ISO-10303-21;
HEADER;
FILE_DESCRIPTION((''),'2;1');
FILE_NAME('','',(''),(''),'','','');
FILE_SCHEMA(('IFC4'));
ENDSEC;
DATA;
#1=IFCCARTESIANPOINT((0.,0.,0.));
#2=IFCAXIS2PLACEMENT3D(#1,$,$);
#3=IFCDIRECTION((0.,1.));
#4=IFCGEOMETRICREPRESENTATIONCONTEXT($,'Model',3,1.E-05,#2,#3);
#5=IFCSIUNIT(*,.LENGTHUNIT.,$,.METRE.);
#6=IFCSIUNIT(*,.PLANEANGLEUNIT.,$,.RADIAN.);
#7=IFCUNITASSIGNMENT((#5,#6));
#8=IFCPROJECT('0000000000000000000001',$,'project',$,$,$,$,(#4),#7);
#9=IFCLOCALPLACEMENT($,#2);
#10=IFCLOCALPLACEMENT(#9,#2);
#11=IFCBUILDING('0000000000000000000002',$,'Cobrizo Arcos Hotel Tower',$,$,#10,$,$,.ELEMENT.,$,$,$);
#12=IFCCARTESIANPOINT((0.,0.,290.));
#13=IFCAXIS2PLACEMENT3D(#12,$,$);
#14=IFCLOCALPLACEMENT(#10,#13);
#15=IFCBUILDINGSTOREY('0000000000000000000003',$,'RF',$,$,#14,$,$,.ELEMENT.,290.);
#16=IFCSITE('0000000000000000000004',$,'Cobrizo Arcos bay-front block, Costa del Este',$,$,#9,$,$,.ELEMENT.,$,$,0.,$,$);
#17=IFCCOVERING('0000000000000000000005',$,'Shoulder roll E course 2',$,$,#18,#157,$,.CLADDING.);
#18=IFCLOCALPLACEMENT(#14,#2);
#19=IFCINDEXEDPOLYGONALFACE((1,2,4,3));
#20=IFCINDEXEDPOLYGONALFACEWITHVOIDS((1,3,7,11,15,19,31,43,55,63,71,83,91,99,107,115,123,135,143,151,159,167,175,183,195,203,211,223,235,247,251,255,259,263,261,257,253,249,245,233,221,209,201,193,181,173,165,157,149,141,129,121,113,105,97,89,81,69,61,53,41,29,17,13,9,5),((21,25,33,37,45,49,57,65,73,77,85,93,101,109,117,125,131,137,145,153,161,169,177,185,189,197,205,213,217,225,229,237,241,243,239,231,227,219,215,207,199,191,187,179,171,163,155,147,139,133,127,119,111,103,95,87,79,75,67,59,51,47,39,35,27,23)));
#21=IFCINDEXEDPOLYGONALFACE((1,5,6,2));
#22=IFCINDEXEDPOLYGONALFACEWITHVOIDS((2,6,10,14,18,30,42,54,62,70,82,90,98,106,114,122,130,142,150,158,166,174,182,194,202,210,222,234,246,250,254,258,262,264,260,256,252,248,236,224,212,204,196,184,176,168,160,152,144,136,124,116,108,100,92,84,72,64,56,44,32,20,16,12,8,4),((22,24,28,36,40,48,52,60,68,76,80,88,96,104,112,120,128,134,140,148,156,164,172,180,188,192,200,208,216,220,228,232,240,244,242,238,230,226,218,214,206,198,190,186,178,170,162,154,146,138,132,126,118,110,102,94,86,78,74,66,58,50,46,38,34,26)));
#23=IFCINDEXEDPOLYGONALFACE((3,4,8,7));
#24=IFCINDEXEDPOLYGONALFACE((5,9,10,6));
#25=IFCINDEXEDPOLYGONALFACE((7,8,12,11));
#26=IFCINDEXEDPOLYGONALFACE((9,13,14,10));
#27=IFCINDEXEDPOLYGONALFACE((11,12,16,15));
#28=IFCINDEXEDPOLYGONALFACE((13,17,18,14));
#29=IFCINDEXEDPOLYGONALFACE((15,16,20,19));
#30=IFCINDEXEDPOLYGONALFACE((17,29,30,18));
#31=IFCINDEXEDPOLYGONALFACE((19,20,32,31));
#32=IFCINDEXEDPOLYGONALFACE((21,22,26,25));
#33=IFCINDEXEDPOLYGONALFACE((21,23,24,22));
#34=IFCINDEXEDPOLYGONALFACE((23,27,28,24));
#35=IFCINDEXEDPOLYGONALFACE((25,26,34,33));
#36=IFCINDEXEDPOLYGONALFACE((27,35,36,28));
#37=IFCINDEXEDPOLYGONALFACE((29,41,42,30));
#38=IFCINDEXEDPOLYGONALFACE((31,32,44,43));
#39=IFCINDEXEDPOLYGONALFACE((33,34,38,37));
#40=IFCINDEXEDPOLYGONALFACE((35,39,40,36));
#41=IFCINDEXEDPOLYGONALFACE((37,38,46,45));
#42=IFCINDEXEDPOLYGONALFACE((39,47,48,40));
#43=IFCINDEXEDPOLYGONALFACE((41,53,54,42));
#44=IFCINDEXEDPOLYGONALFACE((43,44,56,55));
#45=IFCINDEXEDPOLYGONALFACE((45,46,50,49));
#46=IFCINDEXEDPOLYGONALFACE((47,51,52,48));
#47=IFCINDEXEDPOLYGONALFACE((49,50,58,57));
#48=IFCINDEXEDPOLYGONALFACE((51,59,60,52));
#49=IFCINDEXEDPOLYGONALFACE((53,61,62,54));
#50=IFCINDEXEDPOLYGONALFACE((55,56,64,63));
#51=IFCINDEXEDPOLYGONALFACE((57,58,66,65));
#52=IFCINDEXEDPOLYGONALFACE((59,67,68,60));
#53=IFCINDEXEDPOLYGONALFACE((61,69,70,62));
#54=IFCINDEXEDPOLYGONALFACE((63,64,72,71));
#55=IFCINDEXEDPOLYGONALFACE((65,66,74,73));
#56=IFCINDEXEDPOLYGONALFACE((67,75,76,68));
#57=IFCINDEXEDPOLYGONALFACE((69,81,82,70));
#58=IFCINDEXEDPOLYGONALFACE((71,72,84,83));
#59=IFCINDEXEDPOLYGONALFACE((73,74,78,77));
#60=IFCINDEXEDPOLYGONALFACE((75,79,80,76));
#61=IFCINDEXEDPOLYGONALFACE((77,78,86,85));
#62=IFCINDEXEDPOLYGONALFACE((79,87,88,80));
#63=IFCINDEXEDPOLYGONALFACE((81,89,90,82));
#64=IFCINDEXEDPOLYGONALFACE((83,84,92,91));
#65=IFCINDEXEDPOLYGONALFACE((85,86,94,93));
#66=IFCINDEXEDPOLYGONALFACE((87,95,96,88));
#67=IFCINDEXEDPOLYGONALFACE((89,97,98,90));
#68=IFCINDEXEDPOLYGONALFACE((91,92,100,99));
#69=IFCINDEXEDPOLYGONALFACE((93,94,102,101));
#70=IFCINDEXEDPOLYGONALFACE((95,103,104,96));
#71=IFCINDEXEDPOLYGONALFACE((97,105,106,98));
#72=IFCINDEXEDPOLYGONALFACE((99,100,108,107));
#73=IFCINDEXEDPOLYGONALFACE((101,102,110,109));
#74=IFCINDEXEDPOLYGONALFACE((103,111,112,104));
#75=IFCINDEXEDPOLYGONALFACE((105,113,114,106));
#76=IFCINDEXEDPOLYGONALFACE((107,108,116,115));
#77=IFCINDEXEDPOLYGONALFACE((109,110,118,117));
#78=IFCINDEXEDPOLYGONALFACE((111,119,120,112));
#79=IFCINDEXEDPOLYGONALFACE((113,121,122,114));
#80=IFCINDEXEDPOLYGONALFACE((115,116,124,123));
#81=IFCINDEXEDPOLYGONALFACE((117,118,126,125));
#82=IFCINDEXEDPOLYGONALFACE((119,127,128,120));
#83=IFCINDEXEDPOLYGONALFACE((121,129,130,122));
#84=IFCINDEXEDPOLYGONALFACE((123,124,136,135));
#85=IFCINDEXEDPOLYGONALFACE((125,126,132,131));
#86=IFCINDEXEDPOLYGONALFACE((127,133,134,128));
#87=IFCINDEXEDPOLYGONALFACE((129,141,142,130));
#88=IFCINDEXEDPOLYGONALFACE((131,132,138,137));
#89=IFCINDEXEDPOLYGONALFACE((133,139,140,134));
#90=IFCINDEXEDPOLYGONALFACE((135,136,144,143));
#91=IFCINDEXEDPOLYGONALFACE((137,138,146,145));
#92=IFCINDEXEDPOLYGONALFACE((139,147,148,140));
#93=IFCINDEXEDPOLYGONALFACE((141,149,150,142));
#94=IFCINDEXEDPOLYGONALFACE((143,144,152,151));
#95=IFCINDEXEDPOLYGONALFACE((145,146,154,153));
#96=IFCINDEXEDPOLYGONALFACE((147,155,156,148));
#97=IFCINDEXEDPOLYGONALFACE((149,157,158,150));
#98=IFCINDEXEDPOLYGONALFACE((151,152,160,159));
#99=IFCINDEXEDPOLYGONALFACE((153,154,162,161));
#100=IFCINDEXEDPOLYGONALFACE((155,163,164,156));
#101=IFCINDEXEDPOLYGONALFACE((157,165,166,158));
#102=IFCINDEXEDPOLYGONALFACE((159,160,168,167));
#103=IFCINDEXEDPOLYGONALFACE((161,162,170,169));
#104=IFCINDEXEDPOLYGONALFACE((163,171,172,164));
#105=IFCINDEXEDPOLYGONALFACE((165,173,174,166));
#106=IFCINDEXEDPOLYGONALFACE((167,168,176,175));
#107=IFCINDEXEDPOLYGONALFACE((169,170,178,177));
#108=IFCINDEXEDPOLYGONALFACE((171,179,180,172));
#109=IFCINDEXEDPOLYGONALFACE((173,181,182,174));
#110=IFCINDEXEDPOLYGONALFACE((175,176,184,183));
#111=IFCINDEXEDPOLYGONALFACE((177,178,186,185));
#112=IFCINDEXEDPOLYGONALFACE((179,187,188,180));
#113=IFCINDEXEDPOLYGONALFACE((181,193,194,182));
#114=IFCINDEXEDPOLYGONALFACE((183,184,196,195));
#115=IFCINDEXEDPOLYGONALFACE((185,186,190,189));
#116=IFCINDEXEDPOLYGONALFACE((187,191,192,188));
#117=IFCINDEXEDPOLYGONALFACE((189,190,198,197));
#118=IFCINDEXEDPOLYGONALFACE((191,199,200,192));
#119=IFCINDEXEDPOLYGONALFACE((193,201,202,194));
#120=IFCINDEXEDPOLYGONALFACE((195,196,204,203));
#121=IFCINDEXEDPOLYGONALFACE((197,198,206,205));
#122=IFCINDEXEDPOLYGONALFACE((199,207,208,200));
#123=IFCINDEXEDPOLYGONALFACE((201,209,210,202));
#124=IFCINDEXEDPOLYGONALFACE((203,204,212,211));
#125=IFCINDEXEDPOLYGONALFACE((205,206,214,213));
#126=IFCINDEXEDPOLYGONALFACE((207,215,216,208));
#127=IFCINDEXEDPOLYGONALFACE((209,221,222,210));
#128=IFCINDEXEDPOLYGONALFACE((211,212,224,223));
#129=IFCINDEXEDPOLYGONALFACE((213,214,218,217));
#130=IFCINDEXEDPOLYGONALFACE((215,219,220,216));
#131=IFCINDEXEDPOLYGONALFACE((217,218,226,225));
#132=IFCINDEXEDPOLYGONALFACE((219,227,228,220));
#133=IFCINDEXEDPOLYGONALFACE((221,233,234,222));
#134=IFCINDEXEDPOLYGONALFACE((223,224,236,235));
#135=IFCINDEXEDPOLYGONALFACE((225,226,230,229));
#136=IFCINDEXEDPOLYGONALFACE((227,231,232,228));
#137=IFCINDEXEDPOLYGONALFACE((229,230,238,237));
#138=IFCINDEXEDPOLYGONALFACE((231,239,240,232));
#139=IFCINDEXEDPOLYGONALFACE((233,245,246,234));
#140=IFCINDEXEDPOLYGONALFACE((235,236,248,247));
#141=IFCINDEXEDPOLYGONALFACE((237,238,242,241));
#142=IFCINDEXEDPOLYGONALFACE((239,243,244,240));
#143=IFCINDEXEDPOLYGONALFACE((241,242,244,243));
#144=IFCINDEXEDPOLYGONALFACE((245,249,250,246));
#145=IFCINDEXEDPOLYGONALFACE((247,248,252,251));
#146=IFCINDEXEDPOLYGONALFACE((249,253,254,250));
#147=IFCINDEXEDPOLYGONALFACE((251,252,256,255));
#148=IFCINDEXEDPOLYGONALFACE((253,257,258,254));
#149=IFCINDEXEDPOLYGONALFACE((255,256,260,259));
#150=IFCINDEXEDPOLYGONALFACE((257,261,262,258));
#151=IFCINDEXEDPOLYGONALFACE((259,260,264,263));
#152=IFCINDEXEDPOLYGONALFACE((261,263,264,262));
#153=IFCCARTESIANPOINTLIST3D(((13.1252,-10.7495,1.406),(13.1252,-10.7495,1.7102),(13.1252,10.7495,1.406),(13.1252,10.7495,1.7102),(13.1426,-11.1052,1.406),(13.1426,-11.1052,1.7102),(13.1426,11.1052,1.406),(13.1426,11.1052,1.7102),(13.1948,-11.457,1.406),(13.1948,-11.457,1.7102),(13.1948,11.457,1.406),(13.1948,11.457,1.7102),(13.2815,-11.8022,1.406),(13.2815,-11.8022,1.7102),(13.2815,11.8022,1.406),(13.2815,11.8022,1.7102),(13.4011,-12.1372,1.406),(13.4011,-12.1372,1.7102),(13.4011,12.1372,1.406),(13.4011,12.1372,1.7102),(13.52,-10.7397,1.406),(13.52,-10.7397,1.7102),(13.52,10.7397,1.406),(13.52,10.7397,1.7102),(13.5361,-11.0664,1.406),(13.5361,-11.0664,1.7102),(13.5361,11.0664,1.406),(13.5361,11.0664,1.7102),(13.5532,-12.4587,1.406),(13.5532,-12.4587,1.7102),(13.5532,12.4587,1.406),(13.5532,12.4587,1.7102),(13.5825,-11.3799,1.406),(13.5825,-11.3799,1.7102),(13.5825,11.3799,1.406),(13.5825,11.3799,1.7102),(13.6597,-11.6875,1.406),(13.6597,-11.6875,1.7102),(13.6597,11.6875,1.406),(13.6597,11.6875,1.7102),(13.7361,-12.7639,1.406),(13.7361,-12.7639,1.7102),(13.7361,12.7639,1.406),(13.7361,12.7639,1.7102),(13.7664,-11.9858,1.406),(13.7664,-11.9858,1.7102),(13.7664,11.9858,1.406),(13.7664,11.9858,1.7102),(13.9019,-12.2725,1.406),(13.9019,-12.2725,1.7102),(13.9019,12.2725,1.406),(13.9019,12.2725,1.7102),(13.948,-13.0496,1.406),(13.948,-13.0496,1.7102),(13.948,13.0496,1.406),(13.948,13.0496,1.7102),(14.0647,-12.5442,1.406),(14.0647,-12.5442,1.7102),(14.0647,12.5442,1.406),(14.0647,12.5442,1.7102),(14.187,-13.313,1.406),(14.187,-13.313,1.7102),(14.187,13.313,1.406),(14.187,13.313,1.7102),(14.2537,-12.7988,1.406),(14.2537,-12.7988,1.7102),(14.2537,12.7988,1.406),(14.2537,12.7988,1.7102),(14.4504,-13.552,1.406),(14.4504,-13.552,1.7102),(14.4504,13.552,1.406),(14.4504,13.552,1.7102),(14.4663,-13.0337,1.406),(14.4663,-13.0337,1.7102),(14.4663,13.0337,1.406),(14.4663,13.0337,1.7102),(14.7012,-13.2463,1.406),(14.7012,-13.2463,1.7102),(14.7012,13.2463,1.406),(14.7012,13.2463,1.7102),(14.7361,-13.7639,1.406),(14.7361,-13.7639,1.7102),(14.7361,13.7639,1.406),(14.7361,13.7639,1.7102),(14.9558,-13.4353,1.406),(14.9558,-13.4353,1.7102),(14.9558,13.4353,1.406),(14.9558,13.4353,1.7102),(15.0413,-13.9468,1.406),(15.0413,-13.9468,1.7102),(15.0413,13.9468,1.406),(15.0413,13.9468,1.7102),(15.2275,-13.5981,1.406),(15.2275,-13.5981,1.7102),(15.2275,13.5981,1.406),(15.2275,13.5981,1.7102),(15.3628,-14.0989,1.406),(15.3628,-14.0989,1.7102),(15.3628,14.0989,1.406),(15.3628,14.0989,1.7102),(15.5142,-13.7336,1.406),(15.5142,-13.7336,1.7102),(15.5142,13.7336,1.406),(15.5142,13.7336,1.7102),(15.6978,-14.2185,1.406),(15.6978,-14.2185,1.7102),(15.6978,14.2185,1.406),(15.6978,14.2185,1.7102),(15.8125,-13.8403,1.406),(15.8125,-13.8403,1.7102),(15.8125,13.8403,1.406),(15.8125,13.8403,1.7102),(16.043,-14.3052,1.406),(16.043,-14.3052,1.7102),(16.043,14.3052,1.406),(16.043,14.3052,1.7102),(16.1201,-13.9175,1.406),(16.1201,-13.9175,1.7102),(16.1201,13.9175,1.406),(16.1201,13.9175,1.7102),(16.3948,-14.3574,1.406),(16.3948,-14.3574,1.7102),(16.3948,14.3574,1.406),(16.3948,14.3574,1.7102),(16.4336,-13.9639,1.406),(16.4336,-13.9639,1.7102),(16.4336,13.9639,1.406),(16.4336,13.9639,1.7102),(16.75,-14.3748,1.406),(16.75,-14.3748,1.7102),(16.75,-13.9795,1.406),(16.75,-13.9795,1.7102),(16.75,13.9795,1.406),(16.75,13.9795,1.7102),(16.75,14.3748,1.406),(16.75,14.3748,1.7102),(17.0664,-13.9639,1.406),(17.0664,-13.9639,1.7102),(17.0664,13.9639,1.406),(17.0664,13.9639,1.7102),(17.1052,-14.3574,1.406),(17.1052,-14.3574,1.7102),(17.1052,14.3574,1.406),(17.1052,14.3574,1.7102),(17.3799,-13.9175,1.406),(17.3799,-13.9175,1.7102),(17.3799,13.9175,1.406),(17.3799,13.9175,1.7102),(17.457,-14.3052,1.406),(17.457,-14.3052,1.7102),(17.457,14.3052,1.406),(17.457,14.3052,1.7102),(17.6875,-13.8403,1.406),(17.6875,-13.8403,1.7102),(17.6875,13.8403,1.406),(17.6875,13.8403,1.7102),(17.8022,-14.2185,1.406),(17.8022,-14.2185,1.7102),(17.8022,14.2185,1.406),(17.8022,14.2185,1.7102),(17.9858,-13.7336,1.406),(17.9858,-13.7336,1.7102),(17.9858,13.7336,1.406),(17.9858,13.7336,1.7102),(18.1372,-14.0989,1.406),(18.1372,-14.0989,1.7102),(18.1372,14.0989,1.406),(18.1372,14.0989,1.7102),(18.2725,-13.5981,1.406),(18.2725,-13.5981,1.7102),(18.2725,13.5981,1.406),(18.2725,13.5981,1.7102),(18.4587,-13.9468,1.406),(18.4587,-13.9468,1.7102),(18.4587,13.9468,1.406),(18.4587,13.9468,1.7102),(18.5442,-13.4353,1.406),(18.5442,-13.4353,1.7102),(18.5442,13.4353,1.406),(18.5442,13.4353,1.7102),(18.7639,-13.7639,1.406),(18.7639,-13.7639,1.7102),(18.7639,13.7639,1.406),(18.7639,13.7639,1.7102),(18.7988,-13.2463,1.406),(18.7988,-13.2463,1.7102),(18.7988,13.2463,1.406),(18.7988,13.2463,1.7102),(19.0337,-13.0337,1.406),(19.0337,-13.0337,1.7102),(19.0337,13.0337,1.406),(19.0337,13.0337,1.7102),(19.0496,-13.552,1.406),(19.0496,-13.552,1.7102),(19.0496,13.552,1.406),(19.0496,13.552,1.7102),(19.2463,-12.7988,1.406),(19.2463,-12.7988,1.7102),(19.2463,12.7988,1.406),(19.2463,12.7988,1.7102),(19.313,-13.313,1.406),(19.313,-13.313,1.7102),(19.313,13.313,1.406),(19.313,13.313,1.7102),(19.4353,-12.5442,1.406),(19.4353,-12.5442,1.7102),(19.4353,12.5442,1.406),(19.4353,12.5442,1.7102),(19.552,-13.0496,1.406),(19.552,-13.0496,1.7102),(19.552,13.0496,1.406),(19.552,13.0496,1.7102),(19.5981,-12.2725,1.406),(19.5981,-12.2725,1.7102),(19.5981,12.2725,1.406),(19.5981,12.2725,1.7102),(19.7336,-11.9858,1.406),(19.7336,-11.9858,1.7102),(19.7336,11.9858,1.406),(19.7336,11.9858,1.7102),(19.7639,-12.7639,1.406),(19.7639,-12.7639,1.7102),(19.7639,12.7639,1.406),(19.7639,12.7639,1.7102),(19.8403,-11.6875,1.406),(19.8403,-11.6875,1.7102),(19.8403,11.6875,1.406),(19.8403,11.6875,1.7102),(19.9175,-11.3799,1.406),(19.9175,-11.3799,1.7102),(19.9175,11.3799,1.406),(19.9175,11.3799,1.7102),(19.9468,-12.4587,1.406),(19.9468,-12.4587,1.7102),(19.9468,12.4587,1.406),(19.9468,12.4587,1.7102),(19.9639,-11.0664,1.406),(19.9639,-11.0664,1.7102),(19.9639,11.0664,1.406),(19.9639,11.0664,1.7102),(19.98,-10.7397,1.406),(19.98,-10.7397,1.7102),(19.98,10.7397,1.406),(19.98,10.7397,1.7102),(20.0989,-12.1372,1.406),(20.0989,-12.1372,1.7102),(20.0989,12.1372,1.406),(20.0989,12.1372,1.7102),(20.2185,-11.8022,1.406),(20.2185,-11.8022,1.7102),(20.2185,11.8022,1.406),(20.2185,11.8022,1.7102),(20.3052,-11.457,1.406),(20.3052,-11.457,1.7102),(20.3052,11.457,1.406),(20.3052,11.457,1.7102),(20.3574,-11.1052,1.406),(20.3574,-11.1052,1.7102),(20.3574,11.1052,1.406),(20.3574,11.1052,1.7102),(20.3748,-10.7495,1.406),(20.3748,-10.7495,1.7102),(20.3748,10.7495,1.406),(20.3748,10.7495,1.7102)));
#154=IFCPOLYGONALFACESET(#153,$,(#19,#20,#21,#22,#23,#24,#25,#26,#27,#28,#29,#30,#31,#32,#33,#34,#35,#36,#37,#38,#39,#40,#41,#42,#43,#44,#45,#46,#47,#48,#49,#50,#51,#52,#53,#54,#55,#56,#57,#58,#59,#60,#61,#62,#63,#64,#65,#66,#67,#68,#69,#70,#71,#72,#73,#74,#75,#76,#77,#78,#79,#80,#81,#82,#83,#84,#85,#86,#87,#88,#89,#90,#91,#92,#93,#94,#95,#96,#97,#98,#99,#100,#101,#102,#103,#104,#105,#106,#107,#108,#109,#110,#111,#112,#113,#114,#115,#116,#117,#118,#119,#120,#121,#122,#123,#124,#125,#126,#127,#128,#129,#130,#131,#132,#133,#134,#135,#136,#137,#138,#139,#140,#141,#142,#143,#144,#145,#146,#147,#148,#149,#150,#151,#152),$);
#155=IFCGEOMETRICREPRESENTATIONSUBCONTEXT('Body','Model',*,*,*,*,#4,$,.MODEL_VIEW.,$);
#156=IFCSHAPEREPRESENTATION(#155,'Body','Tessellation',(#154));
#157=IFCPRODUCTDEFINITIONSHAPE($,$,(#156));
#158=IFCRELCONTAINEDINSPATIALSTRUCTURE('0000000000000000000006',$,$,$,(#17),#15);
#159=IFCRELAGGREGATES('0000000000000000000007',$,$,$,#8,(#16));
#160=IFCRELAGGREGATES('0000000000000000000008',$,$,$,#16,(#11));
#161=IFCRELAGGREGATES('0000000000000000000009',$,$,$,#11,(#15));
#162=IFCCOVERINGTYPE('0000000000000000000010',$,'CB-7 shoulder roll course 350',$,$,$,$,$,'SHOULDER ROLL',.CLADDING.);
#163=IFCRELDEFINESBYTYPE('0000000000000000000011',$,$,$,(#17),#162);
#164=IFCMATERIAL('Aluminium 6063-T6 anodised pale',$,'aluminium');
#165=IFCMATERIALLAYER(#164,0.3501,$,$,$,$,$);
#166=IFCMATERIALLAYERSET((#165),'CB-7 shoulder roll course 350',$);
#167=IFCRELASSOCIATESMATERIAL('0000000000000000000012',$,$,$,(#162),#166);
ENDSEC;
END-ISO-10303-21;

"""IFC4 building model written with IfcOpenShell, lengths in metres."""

from ifc_helpers import new_model, si_unit, direction, frame, origin, place, context, subcontext, project, spatial, polyline, outline, extrude, material, layer, layer_set, type_object, element, save


model = new_model("IFC4")

# Units and contexts
model_context = context("Model", 3, precision=1e-05, world=origin(), true_north=direction((0.0, 1.0)))
body_context = subcontext(model_context, "Body", "Model", "MODEL_VIEW")
ifc_project = project(units=[si_unit("LENGTHUNIT", "METRE"), si_unit("PLANEANGLEUNIT", "RADIAN")], contexts=[model_context])

# Site, building, storey
site_placement = place(None, origin())
site = spatial("IfcSite", under=ifc_project, at=site_placement, Name="Cobrizo Arcos bay-front block, Costa del Este", CompositionType="ELEMENT", RefElevation=0.0)
building_placement = place(site_placement, origin())
building = spatial("IfcBuilding", under=site, at=building_placement, Name="Cobrizo Arcos Hotel Tower", CompositionType="ELEMENT")
storey_placement = place(building_placement, frame((0.0, 0.0, 290.0)))
storey = spatial("IfcBuildingStorey", under=building, at=storey_placement, Name="RF", CompositionType="ELEMENT", Elevation=290.0)

# Covering
ifc_material_1 = material(Name="Aluminium 6063-T6 anodised pale", Category="aluminium")
ifc_layer_1 = layer(ifc_material_1, 0.3501)
ifc_layer_set_1 = layer_set([ifc_layer_1], Name="CB-7 shoulder roll course 350")
covering_type_1 = type_object("IfcCoveringType", Name="CB-7 shoulder roll course 350", ElementType="SHOULDER ROLL", PredefinedType="CLADDING", material=ifc_layer_set_1)
covering_1_placement = place(storey_placement, frame((0.0, 0.0, 1.406)))
element("IfcCovering", 1, at=covering_1_placement, inside=storey, type_object=covering_type_1, Name="Shoulder roll E course 2", PredefinedType="CLADDING", context=body_context, shape_type="SweptSolid", body=[
    extrude(outline(polyline([(13.1252, 10.7495), (13.1426, 11.1052), (13.1948, 11.457), (13.2815, 11.8022), (13.4011, 12.1372), (13.5532, 12.4587), (13.7361, 12.7639), (13.948, 13.0496), (14.187, 13.313), (14.4504, 13.552), (14.7361, 13.7639), (15.0413, 13.9468), (15.3628, 14.0989), (15.6978, 14.2185), (16.043, 14.3052), (16.3948, 14.3574), (16.75, 14.3748), (17.1052, 14.3574), (17.457, 14.3052), (17.8022, 14.2185), (18.1372, 14.0989), (18.4587, 13.9468), (18.7639, 13.7639), (19.0496, 13.552), (19.313, 13.313), (19.552, 13.0496), (19.7639, 12.7639), (19.9468, 12.4587), (20.0989, 12.1372), (20.2185, 11.8022), (20.3052, 11.457), (20.3574, 11.1052), (20.3748, 10.7495), (20.3748, -10.7495), (20.3574, -11.1052), (20.3052, -11.457), (20.2185, -11.8022), (20.0989, -12.1372), (19.9468, -12.4587), (19.7639, -12.7639), (19.552, -13.0496), (19.313, -13.313), (19.0496, -13.552), (18.7639, -13.7639), (18.4587, -13.9468), (18.1372, -14.0989), (17.8022, -14.2185), (17.457, -14.3052), (17.1052, -14.3574), (16.75, -14.3748), (16.3948, -14.3574), (16.043, -14.3052), (15.6978, -14.2185), (15.3628, -14.0989), (15.0413, -13.9468), (14.7361, -13.7639), (14.4504, -13.552), (14.187, -13.313), (13.948, -13.0496), (13.7361, -12.7639), (13.5532, -12.4587), (13.4011, -12.1372), (13.2815, -11.8022), (13.1948, -11.457), (13.1426, -11.1052), (13.1252, -10.7495), (13.1252, 10.7495)]), holes=[polyline([(13.52, 10.7397), (13.5361, 11.0664), (13.5825, 11.3799), (13.6597, 11.6875), (13.7664, 11.9858), (13.9019, 12.2725), (14.0647, 12.5442), (14.2537, 12.7988), (14.4663, 13.0337), (14.7012, 13.2463), (14.9558, 13.4353), (15.2275, 13.5981), (15.5142, 13.7336), (15.8125, 13.8403), (16.1201, 13.9175), (16.4336, 13.9639), (16.75, 13.9795), (17.0664, 13.9639), (17.3799, 13.9175), (17.6875, 13.8403), (17.9858, 13.7336), (18.2725, 13.5981), (18.5442, 13.4353), (18.7988, 13.2463), (19.0337, 13.0337), (19.2463, 12.7988), (19.4353, 12.5442), (19.5981, 12.2725), (19.7336, 11.9858), (19.8403, 11.6875), (19.9175, 11.3799), (19.9639, 11.0664), (19.98, 10.7397), (19.98, -10.7397), (19.9639, -11.0664), (19.9175, -11.3799), (19.8403, -11.6875), (19.7336, -11.9858), (19.5981, -12.2725), (19.4353, -12.5442), (19.2463, -12.7988), (19.0337, -13.0337), (18.7988, -13.2463), (18.5442, -13.4353), (18.2725, -13.5981), (17.9858, -13.7336), (17.6875, -13.8403), (17.3799, -13.9175), (17.0664, -13.9639), (16.75, -13.9795), (16.4336, -13.9639), (16.1201, -13.9175), (15.8125, -13.8403), (15.5142, -13.7336), (15.2275, -13.5981), (14.9558, -13.4353), (14.7012, -13.2463), (14.4663, -13.0337), (14.2537, -12.7988), (14.0647, -12.5442), (13.9019, -12.2725), (13.7664, -11.9858), (13.6597, -11.6875), (13.5825, -11.3799), (13.5361, -11.0664), (13.52, -10.7397), (13.52, 10.7397)])]), origin(), (0.0, 0.0, 1.0), 0.3042),
])

save(model, "model.ifc")
